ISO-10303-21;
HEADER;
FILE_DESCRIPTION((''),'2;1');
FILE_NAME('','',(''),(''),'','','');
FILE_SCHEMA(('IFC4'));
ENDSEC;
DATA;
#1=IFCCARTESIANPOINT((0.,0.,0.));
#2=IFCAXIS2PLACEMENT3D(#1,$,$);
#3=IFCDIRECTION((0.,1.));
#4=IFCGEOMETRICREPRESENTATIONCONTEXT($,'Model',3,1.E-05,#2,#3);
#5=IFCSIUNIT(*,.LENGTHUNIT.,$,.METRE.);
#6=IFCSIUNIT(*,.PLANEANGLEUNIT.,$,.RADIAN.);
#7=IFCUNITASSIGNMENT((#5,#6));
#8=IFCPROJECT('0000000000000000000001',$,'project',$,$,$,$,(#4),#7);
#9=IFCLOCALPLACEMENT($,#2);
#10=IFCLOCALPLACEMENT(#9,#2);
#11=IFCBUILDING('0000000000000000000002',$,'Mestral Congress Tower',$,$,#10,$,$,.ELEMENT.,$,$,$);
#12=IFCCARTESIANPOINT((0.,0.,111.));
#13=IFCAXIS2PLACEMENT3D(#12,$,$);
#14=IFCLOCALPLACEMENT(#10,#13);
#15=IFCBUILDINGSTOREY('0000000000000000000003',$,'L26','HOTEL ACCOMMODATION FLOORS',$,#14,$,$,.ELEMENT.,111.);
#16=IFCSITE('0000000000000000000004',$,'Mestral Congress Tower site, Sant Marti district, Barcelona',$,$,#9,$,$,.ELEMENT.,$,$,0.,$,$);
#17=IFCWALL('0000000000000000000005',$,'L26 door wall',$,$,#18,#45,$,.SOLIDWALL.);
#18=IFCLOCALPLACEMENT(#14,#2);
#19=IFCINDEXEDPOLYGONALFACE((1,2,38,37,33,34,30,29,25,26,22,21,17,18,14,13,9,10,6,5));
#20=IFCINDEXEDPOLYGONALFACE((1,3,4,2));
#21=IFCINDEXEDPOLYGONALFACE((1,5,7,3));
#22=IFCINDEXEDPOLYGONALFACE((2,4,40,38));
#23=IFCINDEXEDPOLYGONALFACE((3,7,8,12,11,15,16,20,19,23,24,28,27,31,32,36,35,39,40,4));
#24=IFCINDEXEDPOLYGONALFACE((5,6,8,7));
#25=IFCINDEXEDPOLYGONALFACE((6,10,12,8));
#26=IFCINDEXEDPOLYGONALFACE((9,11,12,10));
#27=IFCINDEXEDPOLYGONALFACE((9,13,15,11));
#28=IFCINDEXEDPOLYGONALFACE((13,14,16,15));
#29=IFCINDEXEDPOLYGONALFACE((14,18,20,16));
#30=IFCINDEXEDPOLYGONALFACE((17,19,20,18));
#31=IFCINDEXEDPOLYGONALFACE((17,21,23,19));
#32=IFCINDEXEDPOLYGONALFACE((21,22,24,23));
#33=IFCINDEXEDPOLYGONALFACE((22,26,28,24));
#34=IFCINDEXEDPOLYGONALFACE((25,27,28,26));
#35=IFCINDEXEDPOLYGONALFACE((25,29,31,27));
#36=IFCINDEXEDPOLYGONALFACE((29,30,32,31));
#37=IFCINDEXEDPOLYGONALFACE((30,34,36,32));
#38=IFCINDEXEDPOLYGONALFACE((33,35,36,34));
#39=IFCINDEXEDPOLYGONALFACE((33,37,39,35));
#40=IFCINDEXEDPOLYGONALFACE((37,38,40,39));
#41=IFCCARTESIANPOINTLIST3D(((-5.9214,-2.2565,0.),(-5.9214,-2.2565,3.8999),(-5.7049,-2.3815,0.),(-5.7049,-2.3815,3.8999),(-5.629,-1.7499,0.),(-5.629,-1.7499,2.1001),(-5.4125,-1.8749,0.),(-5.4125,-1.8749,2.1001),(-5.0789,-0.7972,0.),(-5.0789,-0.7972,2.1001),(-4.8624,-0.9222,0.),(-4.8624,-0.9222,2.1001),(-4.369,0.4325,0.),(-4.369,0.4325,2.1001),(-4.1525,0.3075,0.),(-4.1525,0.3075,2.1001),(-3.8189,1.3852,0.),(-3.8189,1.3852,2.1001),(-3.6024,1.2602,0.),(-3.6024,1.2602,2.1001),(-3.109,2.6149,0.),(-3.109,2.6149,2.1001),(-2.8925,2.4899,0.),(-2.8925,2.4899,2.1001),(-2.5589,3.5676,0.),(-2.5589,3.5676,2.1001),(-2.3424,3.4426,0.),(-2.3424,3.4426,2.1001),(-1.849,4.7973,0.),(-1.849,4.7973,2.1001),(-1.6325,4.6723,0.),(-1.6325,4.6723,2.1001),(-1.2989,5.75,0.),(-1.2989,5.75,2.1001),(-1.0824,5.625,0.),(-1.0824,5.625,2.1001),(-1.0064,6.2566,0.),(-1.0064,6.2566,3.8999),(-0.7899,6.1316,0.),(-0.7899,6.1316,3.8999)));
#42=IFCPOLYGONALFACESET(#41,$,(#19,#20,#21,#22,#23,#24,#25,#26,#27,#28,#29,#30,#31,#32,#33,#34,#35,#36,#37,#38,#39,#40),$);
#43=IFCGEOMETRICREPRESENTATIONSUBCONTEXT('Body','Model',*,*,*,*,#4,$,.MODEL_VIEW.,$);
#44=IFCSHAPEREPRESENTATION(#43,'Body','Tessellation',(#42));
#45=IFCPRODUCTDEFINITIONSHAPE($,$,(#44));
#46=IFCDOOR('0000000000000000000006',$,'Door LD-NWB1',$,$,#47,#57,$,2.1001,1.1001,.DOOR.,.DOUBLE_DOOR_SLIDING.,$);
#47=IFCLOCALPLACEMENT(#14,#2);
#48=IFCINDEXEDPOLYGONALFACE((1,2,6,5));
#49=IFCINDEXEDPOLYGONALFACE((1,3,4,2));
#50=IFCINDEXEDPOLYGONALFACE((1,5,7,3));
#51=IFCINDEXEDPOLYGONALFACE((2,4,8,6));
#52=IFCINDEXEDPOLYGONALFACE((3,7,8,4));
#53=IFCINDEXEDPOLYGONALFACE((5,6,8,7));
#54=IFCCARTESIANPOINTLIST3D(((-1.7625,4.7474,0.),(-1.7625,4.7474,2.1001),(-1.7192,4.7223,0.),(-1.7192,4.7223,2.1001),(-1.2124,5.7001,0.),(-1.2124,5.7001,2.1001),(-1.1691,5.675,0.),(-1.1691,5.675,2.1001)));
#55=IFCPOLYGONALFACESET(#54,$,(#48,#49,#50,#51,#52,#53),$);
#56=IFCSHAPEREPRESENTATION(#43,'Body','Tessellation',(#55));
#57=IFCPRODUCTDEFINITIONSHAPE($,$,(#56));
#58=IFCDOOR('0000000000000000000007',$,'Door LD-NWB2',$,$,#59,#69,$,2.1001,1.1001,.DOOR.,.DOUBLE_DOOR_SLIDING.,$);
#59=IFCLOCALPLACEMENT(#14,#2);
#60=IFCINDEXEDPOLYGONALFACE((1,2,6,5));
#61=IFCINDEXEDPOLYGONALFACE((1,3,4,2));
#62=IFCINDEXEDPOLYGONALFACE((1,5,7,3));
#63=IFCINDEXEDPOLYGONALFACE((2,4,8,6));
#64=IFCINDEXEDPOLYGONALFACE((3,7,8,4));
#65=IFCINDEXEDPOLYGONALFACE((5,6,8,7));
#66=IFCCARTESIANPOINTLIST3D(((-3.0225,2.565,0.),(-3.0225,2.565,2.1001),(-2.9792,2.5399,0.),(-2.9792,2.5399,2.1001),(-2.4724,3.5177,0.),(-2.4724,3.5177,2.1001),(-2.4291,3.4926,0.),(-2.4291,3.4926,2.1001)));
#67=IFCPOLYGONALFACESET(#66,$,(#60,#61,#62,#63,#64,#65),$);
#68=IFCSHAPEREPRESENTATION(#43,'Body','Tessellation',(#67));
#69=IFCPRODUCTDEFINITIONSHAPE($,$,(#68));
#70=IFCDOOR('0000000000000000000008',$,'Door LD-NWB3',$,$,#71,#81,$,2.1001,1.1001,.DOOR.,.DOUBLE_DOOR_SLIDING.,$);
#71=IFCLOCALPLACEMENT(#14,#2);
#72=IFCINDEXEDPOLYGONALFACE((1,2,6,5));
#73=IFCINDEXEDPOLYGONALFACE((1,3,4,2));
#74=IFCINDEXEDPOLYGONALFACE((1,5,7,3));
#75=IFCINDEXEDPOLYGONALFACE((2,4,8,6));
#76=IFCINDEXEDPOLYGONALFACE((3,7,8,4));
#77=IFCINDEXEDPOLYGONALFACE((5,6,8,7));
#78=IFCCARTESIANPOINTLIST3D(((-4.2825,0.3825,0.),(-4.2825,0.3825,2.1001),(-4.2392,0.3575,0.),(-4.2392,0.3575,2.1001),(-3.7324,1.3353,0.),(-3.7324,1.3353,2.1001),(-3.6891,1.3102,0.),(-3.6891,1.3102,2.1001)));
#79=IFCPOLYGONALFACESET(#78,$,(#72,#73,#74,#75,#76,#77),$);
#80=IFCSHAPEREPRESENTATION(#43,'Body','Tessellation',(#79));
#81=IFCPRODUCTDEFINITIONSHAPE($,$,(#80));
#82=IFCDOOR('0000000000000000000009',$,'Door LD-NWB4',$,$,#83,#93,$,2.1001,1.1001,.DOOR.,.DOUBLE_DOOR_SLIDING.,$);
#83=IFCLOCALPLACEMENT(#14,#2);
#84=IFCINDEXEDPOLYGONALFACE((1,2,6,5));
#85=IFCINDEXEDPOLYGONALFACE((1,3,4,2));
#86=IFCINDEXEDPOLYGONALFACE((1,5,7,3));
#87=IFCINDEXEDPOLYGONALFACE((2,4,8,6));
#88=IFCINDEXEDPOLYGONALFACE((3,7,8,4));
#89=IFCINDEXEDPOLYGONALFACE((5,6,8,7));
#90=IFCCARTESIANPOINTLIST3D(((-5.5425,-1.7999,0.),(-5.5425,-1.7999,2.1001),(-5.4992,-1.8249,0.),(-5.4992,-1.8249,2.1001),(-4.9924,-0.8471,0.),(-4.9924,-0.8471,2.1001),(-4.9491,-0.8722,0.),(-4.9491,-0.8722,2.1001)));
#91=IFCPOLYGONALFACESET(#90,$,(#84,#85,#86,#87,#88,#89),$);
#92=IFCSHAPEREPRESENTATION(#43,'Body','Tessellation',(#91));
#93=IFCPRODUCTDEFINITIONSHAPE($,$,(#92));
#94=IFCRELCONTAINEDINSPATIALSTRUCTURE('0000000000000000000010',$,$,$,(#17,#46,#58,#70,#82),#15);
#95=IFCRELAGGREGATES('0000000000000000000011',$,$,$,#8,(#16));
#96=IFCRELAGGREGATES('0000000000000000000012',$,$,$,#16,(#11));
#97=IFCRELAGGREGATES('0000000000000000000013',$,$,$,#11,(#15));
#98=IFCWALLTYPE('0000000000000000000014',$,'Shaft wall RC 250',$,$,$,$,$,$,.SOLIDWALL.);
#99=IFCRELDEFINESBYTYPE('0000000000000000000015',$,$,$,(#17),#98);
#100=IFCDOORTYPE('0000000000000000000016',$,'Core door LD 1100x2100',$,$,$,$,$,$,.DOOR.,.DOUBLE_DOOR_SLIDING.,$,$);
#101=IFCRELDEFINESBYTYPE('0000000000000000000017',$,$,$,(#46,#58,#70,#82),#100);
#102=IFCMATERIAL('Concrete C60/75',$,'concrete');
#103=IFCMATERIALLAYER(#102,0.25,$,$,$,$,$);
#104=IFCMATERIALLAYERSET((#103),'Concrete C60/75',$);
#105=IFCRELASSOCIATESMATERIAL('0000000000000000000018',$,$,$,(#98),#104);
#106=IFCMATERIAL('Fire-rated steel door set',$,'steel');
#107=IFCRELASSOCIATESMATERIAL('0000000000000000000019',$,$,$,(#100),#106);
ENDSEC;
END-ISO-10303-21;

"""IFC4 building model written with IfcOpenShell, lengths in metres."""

from ifc_helpers import new_model, si_unit, direction, frame, frame_2d, origin, place, context, subcontext, project, spatial, rectangle, extrude, material, layer, layer_set, type_object, element, fill, save


model = new_model("IFC4")

# Units and contexts
model_context = context("Model", 3, precision=1e-05, world=origin(), true_north=direction((0.0, 1.0)))
body_context = subcontext(model_context, "Body", "Model", "MODEL_VIEW")
ifc_project = project(units=[si_unit("LENGTHUNIT", "METRE"), si_unit("PLANEANGLEUNIT", "RADIAN")], contexts=[model_context])

# Site, building, storey
site_placement = place(None, origin())
site = spatial("IfcSite", under=ifc_project, at=site_placement, Name="Mestral Congress Tower site, Sant Marti district, Barcelona", CompositionType="ELEMENT", RefElevation=0.0)
building_placement = place(site_placement, origin())
building = spatial("IfcBuilding", under=site, at=building_placement, Name="Mestral Congress Tower", CompositionType="ELEMENT")
storey_placement = place(building_placement, frame((0.0, 0.0, 111.0)))
storey = spatial("IfcBuildingStorey", under=building, at=storey_placement, Name="L26", Description="HOTEL ACCOMMODATION FLOORS", CompositionType="ELEMENT", Elevation=111.0)

# Shared definitions
ifc_material_1 = material(Name="Fire-rated steel door set", Category="steel")

# Shared definitions
ifc_material_2 = material(Name="Concrete C60/75", Category="concrete")
ifc_layer_1 = layer(ifc_material_2, 0.25)
ifc_layer_set_1 = layer_set([ifc_layer_1], Name="Concrete C60/75")
wall_type_1 = type_object("IfcWallType", Name="Shaft wall RC 250", PredefinedType="SOLIDWALL", material=ifc_layer_set_1)

# Wall, openings, doors
wall_1_placement = place(storey_placement, frame((-0.8982, 6.1941, 0.0), z_axis=(0.0, 0.0, 1.0), x_axis=(-0.499996, -0.866028, 0.0)))
wall_1 = element("IfcWall", 1, at=wall_1_placement, inside=storey, type_object=wall_type_1, Name="L26 door wall", PredefinedType="SOLIDWALL", context=body_context, shape_type="SweptSolid", body=[
    extrude(rectangle(XDim=9.8301, YDim=0.25, at=frame_2d((4.915, 0.0))), origin(), (0.0, 0.0, 1.0), 3.8999),
])
opening_1_placement = place(wall_1_placement, frame((0.585, 0.0, 0.0)))
opening_1 = element("IfcOpeningElement", 2, at=opening_1_placement, cuts=wall_1, PredefinedType="OPENING", context=body_context, shape_type="SweptSolid", body=[
    extrude(rectangle(XDim=1.1001, YDim=2.1001, at=frame_2d((0.55, 1.05))), frame((0.0, 0.135, 0.0), z_axis=(0.0, -1.0, 0.0), x_axis=(1.0, 0.0, 0.0)), (0.0, 0.0, 1.0), 0.27),
])
opening_2_placement = place(wall_1_placement, frame((3.105, 0.0, 0.0)))
opening_2 = element("IfcOpeningElement", 3, at=opening_2_placement, cuts=wall_1, PredefinedType="OPENING", context=body_context, shape_type="SweptSolid", body=[
    extrude(rectangle(XDim=1.1001, YDim=2.1001, at=frame_2d((0.55, 1.05))), frame((0.0, 0.135, 0.0), z_axis=(0.0, -1.0, 0.0), x_axis=(1.0, 0.0, 0.0)), (0.0, 0.0, 1.0), 0.27),
])
opening_3_placement = place(wall_1_placement, frame((5.625, 0.0, 0.0)))
opening_3 = element("IfcOpeningElement", 4, at=opening_3_placement, cuts=wall_1, PredefinedType="OPENING", context=body_context, shape_type="SweptSolid", body=[
    extrude(rectangle(XDim=1.1001, YDim=2.1001, at=frame_2d((0.55, 1.05))), frame((0.0, 0.135, 0.0), z_axis=(0.0, -1.0, 0.0), x_axis=(1.0, 0.0, 0.0)), (0.0, 0.0, 1.0), 0.27),
])
opening_4_placement = place(wall_1_placement, frame((8.145, 0.0, 0.0)))
opening_4 = element("IfcOpeningElement", 5, at=opening_4_placement, cuts=wall_1, PredefinedType="OPENING", context=body_context, shape_type="SweptSolid", body=[
    extrude(rectangle(XDim=1.1001, YDim=2.1001, at=frame_2d((0.55, 1.05))), frame((0.0, 0.135, 0.0), z_axis=(0.0, -1.0, 0.0), x_axis=(1.0, 0.0, 0.0)), (0.0, 0.0, 1.0), 0.27),
])
door_type_1 = type_object("IfcDoorType", Name="Core door LD 1100x2100", OperationType="DOUBLE_DOOR_SLIDING", PredefinedType="DOOR", material=ifc_material_1)
door_1_placement = place(opening_1_placement, origin())
door_1 = element("IfcDoor", 6, at=door_1_placement, inside=storey, type_object=door_type_1, Name="Door LD-NWB1", OperationType="DOUBLE_DOOR_SLIDING", OverallHeight=2.1001, OverallWidth=1.1001, PredefinedType="DOOR", context=body_context, shape_type="SweptSolid", body=[
    extrude(rectangle(XDim=1.1001, YDim=2.1001, at=frame_2d((0.55, 1.05))), frame((0.0, 0.0249, 0.0), z_axis=(0.0, -1.0, 0.0), x_axis=(1.0, 0.0, 0.0)), (0.0, 0.0, 1.0), 0.05),
])
fill(opening_1, door_1)
door_2_placement = place(opening_2_placement, origin())
door_2 = element("IfcDoor", 7, at=door_2_placement, inside=storey, type_object=door_type_1, Name="Door LD-NWB2", OperationType="DOUBLE_DOOR_SLIDING", OverallHeight=2.1001, OverallWidth=1.1001, PredefinedType="DOOR", context=body_context, shape_type="SweptSolid", body=[
    extrude(rectangle(XDim=1.1001, YDim=2.1001, at=frame_2d((0.55, 1.05))), frame((0.0, 0.0249, 0.0), z_axis=(0.0, -1.0, 0.0), x_axis=(1.0, 0.0, 0.0)), (0.0, 0.0, 1.0), 0.05),
])
fill(opening_2, door_2)
door_3_placement = place(opening_3_placement, origin())
door_3 = element("IfcDoor", 8, at=door_3_placement, inside=storey, type_object=door_type_1, Name="Door LD-NWB3", OperationType="DOUBLE_DOOR_SLIDING", OverallHeight=2.1001, OverallWidth=1.1001, PredefinedType="DOOR", context=body_context, shape_type="SweptSolid", body=[
    extrude(rectangle(XDim=1.1001, YDim=2.1001, at=frame_2d((0.55, 1.05))), frame((0.0, 0.0249, 0.0), z_axis=(0.0, -1.0, 0.0), x_axis=(1.0, 0.0, 0.0)), (0.0, 0.0, 1.0), 0.05),
])
fill(opening_3, door_3)
door_4_placement = place(opening_4_placement, origin())
door_4 = element("IfcDoor", 9, at=door_4_placement, inside=storey, type_object=door_type_1, Name="Door LD-NWB4", OperationType="DOUBLE_DOOR_SLIDING", OverallHeight=2.1001, OverallWidth=1.1001, PredefinedType="DOOR", context=body_context, shape_type="SweptSolid", body=[
    extrude(rectangle(XDim=1.1001, YDim=2.1001, at=frame_2d((0.55, 1.05))), frame((0.0, 0.0249, 0.0), z_axis=(0.0, -1.0, 0.0), x_axis=(1.0, 0.0, 0.0)), (0.0, 0.0, 1.0), 0.05),
])
fill(opening_4, door_4)

save(model, "model.ifc")
